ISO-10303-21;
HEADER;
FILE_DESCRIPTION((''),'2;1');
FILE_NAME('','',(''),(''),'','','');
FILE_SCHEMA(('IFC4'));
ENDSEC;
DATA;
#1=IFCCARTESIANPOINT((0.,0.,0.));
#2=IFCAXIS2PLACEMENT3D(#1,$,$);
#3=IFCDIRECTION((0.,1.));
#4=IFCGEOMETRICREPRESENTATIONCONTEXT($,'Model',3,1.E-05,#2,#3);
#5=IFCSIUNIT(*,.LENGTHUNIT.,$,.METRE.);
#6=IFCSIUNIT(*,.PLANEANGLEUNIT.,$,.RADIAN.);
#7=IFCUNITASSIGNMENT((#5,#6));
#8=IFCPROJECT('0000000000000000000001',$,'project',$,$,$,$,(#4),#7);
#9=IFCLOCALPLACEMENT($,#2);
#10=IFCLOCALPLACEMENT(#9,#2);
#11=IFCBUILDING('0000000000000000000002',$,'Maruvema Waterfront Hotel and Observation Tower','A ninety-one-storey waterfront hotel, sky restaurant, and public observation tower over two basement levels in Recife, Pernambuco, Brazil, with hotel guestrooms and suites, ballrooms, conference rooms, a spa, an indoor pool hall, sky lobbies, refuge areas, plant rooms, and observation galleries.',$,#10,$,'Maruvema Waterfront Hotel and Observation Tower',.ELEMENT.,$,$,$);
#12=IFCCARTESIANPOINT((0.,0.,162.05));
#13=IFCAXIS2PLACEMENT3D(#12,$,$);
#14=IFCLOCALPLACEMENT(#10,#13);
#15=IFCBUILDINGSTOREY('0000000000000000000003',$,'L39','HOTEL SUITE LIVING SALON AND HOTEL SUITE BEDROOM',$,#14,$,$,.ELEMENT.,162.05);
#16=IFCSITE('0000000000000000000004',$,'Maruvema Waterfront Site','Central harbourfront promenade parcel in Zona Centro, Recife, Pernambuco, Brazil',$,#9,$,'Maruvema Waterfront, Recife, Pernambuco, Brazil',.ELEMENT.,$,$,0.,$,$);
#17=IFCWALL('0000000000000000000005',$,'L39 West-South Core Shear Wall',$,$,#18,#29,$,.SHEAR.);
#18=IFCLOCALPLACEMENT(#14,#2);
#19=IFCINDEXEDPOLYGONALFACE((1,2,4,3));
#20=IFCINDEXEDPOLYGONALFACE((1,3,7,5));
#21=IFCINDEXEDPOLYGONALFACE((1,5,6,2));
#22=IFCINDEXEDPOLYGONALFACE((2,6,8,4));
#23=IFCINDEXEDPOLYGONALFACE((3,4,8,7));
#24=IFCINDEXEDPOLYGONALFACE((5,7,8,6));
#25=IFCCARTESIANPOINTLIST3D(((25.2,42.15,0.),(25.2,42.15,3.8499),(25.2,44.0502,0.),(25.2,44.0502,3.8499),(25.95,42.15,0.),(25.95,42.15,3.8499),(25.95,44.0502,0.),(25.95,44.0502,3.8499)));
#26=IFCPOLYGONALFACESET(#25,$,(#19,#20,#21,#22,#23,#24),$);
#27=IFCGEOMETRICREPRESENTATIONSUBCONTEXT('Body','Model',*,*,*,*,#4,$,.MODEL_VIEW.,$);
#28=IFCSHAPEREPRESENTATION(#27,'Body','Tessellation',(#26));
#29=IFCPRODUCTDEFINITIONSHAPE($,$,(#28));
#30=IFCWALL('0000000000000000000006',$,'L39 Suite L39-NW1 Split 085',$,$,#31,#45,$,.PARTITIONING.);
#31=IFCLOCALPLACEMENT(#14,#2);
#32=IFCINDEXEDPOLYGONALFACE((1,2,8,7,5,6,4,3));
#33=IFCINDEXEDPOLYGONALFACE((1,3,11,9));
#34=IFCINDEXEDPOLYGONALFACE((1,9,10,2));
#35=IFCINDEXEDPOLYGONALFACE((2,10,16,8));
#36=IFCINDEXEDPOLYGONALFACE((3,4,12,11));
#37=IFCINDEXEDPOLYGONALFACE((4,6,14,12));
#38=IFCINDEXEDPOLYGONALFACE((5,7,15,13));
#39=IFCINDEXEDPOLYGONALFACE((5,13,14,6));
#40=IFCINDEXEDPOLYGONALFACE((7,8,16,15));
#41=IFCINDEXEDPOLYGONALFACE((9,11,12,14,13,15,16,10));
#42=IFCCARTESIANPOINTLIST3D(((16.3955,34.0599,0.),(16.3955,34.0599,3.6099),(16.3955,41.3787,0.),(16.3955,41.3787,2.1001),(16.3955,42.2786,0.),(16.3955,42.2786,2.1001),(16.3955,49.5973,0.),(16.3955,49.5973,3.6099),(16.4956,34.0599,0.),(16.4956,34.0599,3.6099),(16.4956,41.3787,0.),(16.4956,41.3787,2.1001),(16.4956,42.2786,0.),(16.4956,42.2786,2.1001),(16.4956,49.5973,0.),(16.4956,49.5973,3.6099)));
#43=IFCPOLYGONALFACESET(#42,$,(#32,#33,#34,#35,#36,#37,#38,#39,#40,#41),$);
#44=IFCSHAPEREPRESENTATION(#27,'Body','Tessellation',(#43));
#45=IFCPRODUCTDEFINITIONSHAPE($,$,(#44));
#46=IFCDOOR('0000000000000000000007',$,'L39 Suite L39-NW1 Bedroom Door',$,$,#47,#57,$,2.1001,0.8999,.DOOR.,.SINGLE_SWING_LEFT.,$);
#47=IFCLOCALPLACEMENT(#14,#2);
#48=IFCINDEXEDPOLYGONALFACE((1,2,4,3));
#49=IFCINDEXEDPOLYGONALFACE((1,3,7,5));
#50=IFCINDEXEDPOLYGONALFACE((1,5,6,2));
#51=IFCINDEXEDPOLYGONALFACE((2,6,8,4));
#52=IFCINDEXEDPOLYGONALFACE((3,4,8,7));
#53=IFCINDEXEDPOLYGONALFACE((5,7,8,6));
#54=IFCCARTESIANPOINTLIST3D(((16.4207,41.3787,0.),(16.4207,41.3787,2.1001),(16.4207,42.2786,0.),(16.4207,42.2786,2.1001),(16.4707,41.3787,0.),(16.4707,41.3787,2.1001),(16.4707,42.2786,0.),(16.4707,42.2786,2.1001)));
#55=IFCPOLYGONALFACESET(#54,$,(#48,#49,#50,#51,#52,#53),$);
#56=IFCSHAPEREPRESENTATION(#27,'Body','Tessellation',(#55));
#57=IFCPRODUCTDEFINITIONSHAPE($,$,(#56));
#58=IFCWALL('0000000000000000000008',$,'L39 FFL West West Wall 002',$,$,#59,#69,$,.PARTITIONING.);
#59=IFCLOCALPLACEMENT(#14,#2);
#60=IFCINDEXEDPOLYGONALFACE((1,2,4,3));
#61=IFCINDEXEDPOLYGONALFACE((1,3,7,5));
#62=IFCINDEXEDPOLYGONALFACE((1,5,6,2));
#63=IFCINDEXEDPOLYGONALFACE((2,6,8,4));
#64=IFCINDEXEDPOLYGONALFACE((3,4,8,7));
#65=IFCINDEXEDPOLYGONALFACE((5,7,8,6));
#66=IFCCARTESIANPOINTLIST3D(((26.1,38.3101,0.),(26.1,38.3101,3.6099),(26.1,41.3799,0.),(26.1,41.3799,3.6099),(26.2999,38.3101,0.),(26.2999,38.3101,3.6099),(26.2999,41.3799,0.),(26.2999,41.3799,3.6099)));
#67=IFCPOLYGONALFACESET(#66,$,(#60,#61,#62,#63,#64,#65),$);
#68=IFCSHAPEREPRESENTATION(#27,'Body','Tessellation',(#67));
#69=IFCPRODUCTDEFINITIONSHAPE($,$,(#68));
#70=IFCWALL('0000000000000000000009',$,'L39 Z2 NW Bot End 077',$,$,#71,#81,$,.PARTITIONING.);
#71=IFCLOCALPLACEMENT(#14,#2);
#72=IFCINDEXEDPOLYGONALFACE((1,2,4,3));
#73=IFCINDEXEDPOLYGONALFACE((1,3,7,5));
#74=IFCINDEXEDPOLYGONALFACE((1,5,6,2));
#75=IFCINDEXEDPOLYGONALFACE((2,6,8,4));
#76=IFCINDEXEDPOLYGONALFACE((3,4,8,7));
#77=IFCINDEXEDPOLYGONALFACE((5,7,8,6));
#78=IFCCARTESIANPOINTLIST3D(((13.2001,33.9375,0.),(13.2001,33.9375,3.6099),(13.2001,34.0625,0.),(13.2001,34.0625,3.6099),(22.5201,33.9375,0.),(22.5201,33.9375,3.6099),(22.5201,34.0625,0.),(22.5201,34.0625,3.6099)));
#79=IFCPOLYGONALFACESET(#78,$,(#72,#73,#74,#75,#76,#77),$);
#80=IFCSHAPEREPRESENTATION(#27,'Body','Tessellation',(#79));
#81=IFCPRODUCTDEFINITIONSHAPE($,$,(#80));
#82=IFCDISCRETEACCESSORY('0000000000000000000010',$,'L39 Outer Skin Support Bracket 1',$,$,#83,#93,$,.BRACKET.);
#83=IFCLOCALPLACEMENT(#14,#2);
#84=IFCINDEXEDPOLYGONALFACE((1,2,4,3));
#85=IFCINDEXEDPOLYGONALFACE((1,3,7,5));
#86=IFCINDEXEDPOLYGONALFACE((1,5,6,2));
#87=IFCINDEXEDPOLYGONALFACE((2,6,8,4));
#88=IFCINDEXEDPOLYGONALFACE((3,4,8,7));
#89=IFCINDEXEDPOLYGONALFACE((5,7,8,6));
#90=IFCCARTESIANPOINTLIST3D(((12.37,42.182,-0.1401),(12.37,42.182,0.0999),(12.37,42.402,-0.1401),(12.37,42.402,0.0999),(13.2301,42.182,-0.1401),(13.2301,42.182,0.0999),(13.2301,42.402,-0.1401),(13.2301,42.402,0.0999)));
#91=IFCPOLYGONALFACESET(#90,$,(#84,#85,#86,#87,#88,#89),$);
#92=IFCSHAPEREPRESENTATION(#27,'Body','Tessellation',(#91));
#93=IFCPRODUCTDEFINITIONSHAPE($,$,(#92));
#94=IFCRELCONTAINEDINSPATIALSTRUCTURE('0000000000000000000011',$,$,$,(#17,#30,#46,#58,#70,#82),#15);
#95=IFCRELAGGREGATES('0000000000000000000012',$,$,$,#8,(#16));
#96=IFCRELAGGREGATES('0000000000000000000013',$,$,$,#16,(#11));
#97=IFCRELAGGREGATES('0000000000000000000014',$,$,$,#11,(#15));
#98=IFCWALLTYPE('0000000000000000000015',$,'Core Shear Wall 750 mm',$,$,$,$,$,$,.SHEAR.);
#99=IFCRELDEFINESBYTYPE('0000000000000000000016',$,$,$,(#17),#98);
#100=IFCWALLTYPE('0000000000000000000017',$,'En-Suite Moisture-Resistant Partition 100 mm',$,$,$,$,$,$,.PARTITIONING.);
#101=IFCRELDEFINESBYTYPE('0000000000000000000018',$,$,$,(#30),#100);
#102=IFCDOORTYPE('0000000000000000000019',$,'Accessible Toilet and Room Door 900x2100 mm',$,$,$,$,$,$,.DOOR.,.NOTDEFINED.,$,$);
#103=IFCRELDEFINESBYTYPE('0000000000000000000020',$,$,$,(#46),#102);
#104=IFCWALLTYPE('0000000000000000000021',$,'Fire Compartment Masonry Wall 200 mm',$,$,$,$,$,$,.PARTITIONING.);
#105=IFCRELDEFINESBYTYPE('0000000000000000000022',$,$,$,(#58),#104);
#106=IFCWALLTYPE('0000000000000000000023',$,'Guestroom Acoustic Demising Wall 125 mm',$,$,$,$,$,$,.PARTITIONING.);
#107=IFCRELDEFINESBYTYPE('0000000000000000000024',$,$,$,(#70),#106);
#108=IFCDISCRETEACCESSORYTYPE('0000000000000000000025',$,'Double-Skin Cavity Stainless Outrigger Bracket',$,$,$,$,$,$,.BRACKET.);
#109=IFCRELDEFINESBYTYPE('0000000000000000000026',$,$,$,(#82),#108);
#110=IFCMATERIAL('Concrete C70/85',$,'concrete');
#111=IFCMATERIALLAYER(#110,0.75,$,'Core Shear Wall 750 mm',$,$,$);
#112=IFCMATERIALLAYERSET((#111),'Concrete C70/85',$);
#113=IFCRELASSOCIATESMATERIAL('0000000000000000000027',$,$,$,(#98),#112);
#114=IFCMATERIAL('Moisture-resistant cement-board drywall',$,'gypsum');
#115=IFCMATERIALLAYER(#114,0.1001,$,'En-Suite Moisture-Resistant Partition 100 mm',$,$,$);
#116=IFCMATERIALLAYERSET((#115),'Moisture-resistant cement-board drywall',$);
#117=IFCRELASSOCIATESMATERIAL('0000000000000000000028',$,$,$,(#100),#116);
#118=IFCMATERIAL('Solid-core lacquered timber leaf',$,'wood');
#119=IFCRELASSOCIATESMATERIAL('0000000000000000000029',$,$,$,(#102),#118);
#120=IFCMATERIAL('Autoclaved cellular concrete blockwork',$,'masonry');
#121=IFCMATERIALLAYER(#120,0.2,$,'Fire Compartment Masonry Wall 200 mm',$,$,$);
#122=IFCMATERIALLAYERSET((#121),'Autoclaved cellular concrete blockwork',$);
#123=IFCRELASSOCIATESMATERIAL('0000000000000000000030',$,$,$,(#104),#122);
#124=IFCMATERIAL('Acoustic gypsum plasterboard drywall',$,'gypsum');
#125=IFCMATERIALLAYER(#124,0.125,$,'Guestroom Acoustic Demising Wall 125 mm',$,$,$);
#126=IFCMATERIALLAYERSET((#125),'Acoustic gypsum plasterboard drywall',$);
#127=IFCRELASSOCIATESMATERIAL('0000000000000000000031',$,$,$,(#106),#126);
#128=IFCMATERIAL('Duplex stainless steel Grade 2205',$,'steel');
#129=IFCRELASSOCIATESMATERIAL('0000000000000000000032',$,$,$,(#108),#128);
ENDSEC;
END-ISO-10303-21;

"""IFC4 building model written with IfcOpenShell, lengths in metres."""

from ifc_helpers import new_model, si_unit, direction, frame, frame_2d, origin, origin_2d, place, context, subcontext, project, spatial, rectangle, extrude, material, layer, layer_set, type_object, element, fill, save


model = new_model("IFC4")

# Units and contexts
model_context = context("Model", 3, precision=1e-05, world=origin(), true_north=direction((0.0, 1.0)))
body_context = subcontext(model_context, "Body", "Model", "MODEL_VIEW")
ifc_project = project(units=[si_unit("LENGTHUNIT", "METRE"), si_unit("PLANEANGLEUNIT", "RADIAN")], contexts=[model_context])

# Site, building, storey
site_placement = place(None, origin())
site = spatial("IfcSite", under=ifc_project, at=site_placement, Name="Maruvema Waterfront Site", Description="Central harbourfront promenade parcel in Zona Centro, Recife, Pernambuco, Brazil", LongName="Maruvema Waterfront, Recife, Pernambuco, Brazil", CompositionType="ELEMENT", RefElevation=0.0)
building_placement = place(site_placement, origin())
building = spatial("IfcBuilding", under=site, at=building_placement, Name="Maruvema Waterfront Hotel and Observation Tower", Description="A ninety-one-storey waterfront hotel, sky restaurant, and public observation tower over two basement levels in Recife, Pernambuco, Brazil, with hotel guestrooms and suites, ballrooms, conference rooms, a spa, an indoor pool hall, sky lobbies, refuge areas, plant rooms, and observation galleries.", LongName="Maruvema Waterfront Hotel and Observation Tower", CompositionType="ELEMENT")
storey_placement = place(building_placement, frame((0.0, 0.0, 162.05)))
storey = spatial("IfcBuildingStorey", under=building, at=storey_placement, Name="L39", Description="HOTEL SUITE LIVING SALON AND HOTEL SUITE BEDROOM", CompositionType="ELEMENT", Elevation=162.05)

# Shared definitions
ifc_material_1 = material(Name="Concrete C70/85", Category="concrete")
ifc_layer_1 = layer(ifc_material_1, 0.75, Name="Core Shear Wall 750 mm")
ifc_layer_set_1 = layer_set([ifc_layer_1], Name="Concrete C70/85")
wall_type_1 = type_object("IfcWallType", Name="Core Shear Wall 750 mm", PredefinedType="SHEAR", material=ifc_layer_set_1)

# Wall
wall_1_placement = place(storey_placement, frame((25.575, 42.1499, 0.0), z_axis=(0.0, 0.0, 1.0), x_axis=(0.0, 1.0, 0.0)))
element("IfcWall", 1, at=wall_1_placement, inside=storey, type_object=wall_type_1, Name="L39 West-South Core Shear Wall", PredefinedType="SHEAR", context=body_context, shape_type="SweptSolid", body=[
    extrude(rectangle(XDim=1.9001, YDim=0.75, at=frame_2d((0.9502, 0.0))), origin(), (0.0, 0.0, 1.0), 3.8499),
])

# Wall, opening, door
ifc_material_2 = material(Name="Moisture-resistant cement-board drywall", Category="gypsum")
ifc_layer_2 = layer(ifc_material_2, 0.1001, Name="En-Suite Moisture-Resistant Partition 100 mm")
ifc_layer_set_2 = layer_set([ifc_layer_2], Name="Moisture-resistant cement-board drywall")
wall_type_2 = type_object("IfcWallType", Name="En-Suite Moisture-Resistant Partition 100 mm", PredefinedType="PARTITIONING", material=ifc_layer_set_2)
wall_2_placement = place(storey_placement, frame((16.4456, 34.0601, 0.0), z_axis=(0.0, 0.0, 1.0), x_axis=(0.0, 1.0, 0.0)))
wall_2 = element("IfcWall", 2, at=wall_2_placement, inside=storey, type_object=wall_type_2, Name="L39 Suite L39-NW1 Split 085", PredefinedType="PARTITIONING", context=body_context, shape_type="SweptSolid", body=[
    extrude(rectangle(XDim=15.5374, YDim=0.1001, at=frame_2d((7.7686, 0.0))), origin(), (0.0, 0.0, 1.0), 3.6099),
])
opening_1_placement = place(wall_2_placement, frame((7.3186, 0.0, 0.0)))
opening_1 = element("IfcOpeningElement", 3, at=opening_1_placement, cuts=wall_2, PredefinedType="OPENING", context=body_context, shape_type="SweptSolid", body=[
    extrude(rectangle(XDim=0.8999, YDim=2.1001, at=frame_2d((0.45, 1.05))), frame((0.0, 0.0601, 0.0), z_axis=(0.0, -1.0, 0.0), x_axis=(1.0, 0.0, 0.0)), (0.0, 0.0, 1.0), 0.1201),
])
ifc_material_3 = material(Name="Solid-core lacquered timber leaf", Category="wood")
door_type_1 = type_object("IfcDoorType", Name="Accessible Toilet and Room Door 900x2100 mm", OperationType="NOTDEFINED", PredefinedType="DOOR", material=ifc_material_3)
door_1_placement = place(opening_1_placement, origin())
door_1 = element("IfcDoor", 4, at=door_1_placement, inside=storey, type_object=door_type_1, Name="L39 Suite L39-NW1 Bedroom Door", OperationType="SINGLE_SWING_LEFT", OverallHeight=2.1001, OverallWidth=0.8999, PredefinedType="DOOR", context=body_context, shape_type="SweptSolid", body=[
    extrude(rectangle(XDim=0.8999, YDim=2.1001, at=frame_2d((0.45, 1.05))), frame((0.0, 0.0249, 0.0), z_axis=(0.0, -1.0, 0.0), x_axis=(1.0, 0.0, 0.0)), (0.0, 0.0, 1.0), 0.05),
])
fill(opening_1, door_1)
ifc_material_4 = material(Name="Autoclaved cellular concrete blockwork", Category="masonry")
ifc_layer_3 = layer(ifc_material_4, 0.2, Name="Fire Compartment Masonry Wall 200 mm")
ifc_layer_set_3 = layer_set([ifc_layer_3], Name="Autoclaved cellular concrete blockwork")
wall_type_3 = type_object("IfcWallType", Name="Fire Compartment Masonry Wall 200 mm", PredefinedType="PARTITIONING", material=ifc_layer_set_3)

# Walls
wall_3_placement = place(storey_placement, frame((26.2, 38.3101, 0.0), z_axis=(0.0, 0.0, 1.0), x_axis=(0.0, 1.0, 0.0)))
element("IfcWall", 5, at=wall_3_placement, inside=storey, type_object=wall_type_3, Name="L39 FFL West West Wall 002", PredefinedType="PARTITIONING", context=body_context, shape_type="SweptSolid", body=[
    extrude(rectangle(XDim=3.0698, YDim=0.2, at=frame_2d((1.5349, 0.0))), origin(), (0.0, 0.0, 1.0), 3.6099),
])
ifc_material_5 = material(Name="Acoustic gypsum plasterboard drywall", Category="gypsum")
ifc_layer_4 = layer(ifc_material_5, 0.125, Name="Guestroom Acoustic Demising Wall 125 mm")
ifc_layer_set_4 = layer_set([ifc_layer_4], Name="Acoustic gypsum plasterboard drywall")
wall_type_4 = type_object("IfcWallType", Name="Guestroom Acoustic Demising Wall 125 mm", PredefinedType="PARTITIONING", material=ifc_layer_set_4)
wall_4_placement = place(storey_placement, frame((13.2, 34.0, 0.0), z_axis=(0.0, 0.0, 1.0), x_axis=(1.0, 0.0, 0.0)))
element("IfcWall", 6, at=wall_4_placement, inside=storey, type_object=wall_type_4, Name="L39 Z2 NW Bot End 077", PredefinedType="PARTITIONING", context=body_context, shape_type="SweptSolid", body=[
    extrude(rectangle(XDim=9.3201, YDim=0.125, at=frame_2d((4.6602, 0.0))), origin(), (0.0, 0.0, 1.0), 3.6099),
])

# Discrete accessory
ifc_material_6 = material(Name="Duplex stainless steel Grade 2205", Category="steel")
discrete_accessory_type = type_object("IfcDiscreteAccessoryType", Name="Double-Skin Cavity Stainless Outrigger Bracket", PredefinedType="BRACKET", material=ifc_material_6)
discrete_accessory_placement = place(storey_placement, frame((12.8, 42.292, -0.1401), z_axis=(0.0, 0.0, 1.0), x_axis=(0.0, -1.0, 0.0)))
element("IfcDiscreteAccessory", 7, at=discrete_accessory_placement, inside=storey, type_object=discrete_accessory_type, Name="L39 Outer Skin Support Bracket 1", PredefinedType="BRACKET", context=body_context, shape_type="SweptSolid", body=[
    extrude(rectangle(XDim=0.22, YDim=0.8601, at=origin_2d()), origin(), (0.0, 0.0, 1.0), 0.24),
])

save(model, "model.ifc")
